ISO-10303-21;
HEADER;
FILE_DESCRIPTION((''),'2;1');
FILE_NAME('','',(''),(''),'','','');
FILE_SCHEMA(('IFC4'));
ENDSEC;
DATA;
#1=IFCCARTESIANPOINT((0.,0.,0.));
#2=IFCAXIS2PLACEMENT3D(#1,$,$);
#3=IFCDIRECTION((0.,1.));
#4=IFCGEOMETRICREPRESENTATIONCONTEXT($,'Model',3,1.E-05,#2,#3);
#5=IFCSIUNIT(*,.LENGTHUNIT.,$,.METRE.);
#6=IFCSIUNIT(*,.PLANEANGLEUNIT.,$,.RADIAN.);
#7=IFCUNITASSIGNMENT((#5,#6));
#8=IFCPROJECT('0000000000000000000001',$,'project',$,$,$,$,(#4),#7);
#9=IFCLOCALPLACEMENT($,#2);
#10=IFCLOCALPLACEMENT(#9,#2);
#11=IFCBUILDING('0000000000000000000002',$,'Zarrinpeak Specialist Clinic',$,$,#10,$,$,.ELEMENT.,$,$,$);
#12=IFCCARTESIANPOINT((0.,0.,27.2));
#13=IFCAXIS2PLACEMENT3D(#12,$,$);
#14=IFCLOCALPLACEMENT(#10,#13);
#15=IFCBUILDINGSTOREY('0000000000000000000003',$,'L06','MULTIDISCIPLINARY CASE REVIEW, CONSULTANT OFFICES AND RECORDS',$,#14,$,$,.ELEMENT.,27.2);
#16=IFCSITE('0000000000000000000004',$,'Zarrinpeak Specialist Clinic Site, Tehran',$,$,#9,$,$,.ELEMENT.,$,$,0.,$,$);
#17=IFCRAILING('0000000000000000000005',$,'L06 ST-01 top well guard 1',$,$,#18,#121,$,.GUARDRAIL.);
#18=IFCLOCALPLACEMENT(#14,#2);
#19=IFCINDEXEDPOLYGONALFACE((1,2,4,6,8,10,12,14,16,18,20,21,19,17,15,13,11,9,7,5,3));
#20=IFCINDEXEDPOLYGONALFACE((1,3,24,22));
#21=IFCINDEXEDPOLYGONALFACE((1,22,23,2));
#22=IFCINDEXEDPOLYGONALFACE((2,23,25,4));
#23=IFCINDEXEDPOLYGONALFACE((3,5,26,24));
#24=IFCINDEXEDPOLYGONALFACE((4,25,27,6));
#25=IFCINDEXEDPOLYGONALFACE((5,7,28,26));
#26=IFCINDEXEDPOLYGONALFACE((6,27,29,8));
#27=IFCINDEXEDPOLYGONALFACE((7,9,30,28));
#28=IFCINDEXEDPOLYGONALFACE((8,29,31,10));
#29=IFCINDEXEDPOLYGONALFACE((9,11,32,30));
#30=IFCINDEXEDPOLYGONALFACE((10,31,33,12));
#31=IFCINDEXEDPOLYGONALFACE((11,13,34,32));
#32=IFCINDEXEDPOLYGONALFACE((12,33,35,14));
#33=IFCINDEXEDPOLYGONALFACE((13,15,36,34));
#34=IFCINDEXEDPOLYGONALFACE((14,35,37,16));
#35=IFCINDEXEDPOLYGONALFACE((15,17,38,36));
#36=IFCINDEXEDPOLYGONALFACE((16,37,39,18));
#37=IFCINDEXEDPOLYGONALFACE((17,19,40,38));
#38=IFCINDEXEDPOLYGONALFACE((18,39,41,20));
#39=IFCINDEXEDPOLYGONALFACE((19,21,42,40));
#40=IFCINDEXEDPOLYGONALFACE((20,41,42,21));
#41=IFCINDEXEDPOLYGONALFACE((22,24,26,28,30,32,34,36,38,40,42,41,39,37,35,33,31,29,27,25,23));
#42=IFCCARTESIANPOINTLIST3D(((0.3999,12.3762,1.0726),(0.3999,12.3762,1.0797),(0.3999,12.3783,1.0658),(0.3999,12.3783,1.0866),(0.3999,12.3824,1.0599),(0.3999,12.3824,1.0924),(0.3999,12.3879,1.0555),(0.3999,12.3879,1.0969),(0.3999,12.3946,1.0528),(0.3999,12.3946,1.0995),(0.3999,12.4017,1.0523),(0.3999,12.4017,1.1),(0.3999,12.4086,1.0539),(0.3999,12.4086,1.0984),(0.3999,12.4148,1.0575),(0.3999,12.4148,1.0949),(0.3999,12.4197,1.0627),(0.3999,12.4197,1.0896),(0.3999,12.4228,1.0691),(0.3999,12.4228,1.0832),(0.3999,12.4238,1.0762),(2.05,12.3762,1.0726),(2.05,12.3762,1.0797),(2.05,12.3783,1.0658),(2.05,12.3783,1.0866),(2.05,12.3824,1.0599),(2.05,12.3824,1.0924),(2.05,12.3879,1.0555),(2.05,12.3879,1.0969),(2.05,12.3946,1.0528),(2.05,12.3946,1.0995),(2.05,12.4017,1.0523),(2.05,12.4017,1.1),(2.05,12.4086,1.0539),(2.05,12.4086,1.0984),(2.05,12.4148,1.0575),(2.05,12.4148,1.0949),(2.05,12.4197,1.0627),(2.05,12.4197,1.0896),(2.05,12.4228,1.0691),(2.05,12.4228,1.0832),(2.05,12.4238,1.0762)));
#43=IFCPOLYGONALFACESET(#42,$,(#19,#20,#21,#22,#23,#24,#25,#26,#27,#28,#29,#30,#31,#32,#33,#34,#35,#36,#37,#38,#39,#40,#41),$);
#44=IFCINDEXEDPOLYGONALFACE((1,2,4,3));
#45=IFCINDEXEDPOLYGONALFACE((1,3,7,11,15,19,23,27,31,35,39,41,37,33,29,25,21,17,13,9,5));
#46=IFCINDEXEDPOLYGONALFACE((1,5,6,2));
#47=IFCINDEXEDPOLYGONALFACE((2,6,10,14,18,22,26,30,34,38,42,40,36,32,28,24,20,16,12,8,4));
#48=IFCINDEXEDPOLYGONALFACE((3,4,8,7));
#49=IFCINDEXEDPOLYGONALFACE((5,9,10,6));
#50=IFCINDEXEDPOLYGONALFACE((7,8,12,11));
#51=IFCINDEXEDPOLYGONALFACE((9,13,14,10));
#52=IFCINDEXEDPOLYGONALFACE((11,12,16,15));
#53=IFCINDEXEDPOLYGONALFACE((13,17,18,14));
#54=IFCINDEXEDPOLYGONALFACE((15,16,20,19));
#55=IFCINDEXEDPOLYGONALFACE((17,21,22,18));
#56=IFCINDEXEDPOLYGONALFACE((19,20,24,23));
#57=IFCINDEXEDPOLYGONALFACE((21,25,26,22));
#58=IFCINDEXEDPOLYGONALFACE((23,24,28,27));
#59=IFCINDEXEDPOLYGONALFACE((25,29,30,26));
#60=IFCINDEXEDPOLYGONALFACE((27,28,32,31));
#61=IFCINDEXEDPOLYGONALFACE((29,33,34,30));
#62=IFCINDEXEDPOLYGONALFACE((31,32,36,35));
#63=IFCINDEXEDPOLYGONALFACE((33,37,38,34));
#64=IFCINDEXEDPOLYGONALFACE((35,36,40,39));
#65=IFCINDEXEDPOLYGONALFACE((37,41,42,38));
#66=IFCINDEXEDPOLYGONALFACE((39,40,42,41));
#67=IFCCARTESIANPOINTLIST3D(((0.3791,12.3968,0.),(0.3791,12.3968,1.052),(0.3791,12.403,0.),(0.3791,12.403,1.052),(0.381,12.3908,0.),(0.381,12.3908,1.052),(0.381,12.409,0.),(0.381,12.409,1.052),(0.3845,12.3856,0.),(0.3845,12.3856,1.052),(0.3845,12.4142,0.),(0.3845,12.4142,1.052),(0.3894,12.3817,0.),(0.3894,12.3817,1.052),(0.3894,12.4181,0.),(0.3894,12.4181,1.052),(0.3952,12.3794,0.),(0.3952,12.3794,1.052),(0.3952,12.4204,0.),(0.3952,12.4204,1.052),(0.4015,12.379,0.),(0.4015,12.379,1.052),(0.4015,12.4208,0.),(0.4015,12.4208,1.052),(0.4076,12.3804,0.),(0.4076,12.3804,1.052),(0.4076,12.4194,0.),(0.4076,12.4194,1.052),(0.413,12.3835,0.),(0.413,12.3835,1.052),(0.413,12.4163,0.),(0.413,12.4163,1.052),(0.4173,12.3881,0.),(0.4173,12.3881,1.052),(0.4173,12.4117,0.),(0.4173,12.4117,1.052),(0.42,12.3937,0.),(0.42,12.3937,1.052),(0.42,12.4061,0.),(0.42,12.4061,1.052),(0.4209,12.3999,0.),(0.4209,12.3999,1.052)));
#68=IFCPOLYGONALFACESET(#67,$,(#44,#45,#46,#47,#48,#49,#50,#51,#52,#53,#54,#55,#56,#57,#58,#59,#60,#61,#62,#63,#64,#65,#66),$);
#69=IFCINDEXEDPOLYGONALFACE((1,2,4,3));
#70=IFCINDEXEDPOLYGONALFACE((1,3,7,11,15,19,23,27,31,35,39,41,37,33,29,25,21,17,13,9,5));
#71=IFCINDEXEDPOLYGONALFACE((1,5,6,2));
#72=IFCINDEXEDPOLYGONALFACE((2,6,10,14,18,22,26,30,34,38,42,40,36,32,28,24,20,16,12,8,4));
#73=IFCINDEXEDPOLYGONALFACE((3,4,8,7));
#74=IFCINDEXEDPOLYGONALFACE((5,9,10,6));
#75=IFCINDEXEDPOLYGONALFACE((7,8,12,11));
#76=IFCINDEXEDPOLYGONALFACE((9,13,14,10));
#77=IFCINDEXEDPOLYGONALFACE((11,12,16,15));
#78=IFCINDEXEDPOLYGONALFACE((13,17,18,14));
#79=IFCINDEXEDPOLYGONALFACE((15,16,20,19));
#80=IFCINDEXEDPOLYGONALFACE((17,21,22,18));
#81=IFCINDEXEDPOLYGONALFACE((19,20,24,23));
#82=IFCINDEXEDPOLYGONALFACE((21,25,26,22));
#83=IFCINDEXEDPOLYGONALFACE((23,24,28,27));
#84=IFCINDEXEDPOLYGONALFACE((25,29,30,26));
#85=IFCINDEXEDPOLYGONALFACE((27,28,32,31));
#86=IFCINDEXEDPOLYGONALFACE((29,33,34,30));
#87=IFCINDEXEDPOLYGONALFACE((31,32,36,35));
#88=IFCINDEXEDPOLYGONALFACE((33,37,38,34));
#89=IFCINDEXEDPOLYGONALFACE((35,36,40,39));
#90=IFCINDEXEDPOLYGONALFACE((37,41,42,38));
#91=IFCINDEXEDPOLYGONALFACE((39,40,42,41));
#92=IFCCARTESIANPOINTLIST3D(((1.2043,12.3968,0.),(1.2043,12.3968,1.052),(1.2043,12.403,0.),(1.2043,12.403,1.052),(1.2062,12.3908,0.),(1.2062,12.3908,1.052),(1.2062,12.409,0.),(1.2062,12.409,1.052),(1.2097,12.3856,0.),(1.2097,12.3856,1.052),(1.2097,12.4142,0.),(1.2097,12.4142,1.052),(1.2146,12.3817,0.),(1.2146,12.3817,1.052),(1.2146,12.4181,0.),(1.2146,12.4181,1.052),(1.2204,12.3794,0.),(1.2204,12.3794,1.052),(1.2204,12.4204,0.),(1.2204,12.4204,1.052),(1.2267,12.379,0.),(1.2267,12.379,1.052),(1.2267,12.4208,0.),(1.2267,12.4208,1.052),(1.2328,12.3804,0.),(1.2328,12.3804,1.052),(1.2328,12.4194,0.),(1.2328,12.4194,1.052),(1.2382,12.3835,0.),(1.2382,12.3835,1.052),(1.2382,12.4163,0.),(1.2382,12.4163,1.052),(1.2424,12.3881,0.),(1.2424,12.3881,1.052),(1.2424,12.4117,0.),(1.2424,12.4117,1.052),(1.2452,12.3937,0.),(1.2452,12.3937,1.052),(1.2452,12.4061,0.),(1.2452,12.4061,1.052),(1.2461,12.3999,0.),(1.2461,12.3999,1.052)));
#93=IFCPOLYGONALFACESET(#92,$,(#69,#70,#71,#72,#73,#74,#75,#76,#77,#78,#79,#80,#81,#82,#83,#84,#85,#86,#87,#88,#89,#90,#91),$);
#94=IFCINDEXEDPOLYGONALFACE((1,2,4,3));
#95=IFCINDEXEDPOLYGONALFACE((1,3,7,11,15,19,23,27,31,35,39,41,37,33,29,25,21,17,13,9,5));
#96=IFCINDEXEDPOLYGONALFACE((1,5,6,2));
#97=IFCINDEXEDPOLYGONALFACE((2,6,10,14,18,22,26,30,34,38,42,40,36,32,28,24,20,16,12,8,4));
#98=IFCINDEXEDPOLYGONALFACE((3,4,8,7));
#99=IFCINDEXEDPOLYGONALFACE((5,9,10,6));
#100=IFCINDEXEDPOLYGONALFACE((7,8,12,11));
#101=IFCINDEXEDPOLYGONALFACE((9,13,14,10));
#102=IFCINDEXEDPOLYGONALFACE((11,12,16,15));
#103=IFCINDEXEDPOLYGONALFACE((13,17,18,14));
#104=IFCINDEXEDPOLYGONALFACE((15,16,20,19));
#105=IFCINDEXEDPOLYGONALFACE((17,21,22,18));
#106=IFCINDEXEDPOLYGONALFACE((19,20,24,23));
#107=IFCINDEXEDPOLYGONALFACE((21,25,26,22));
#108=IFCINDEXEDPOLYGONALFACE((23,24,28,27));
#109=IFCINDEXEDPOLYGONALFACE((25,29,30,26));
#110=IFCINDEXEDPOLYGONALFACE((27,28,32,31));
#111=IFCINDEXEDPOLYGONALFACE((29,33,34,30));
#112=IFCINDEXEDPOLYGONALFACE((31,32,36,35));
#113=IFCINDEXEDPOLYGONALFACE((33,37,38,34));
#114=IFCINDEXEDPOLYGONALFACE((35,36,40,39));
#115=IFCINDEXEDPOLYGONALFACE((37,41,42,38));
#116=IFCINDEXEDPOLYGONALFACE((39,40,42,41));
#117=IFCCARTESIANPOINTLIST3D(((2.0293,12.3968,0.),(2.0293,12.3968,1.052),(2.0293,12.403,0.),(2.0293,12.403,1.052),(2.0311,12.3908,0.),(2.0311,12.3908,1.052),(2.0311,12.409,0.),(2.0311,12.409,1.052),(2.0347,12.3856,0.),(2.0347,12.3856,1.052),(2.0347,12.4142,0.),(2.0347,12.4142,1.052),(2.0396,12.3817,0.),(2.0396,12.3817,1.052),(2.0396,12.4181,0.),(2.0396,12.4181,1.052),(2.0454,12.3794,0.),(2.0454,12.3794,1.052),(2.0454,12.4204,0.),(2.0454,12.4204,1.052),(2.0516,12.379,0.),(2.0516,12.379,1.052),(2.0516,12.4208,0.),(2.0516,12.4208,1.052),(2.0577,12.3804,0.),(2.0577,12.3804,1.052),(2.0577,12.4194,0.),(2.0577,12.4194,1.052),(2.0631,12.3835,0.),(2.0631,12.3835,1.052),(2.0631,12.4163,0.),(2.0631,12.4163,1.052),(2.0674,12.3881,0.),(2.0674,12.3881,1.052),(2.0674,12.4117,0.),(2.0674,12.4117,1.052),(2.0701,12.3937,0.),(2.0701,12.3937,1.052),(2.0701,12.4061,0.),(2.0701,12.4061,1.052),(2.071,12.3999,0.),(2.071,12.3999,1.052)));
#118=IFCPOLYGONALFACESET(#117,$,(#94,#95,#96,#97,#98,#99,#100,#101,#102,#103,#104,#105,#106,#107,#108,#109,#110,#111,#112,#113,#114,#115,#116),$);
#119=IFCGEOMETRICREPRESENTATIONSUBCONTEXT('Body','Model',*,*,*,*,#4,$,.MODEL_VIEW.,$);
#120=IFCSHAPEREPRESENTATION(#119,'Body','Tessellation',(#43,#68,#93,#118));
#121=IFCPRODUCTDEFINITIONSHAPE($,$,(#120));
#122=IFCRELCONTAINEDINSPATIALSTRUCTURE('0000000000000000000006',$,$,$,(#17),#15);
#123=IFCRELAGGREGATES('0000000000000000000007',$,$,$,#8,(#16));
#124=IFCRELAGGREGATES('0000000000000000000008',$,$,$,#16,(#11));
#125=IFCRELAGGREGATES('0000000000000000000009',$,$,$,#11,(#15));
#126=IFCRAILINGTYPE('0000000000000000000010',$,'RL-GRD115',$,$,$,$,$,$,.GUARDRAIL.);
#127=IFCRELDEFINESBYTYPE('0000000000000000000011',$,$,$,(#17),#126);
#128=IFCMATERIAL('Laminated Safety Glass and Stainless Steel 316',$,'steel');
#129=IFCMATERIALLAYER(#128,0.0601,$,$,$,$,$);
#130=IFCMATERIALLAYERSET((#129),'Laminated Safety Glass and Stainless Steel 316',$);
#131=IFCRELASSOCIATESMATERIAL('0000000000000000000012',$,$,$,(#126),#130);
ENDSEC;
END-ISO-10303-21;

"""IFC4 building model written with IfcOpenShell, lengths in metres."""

from ifc_helpers import new_model, si_unit, direction, frame, origin, origin_2d, place, context, subcontext, project, spatial, circle, extrude, material, layer, layer_set, type_object, element, save


model = new_model("IFC4")

# Units and contexts
model_context = context("Model", 3, precision=1e-05, world=origin(), true_north=direction((0.0, 1.0)))
body_context = subcontext(model_context, "Body", "Model", "MODEL_VIEW")
ifc_project = project(units=[si_unit("LENGTHUNIT", "METRE"), si_unit("PLANEANGLEUNIT", "RADIAN")], contexts=[model_context])

# Site, building, storey
site_placement = place(None, origin())
site = spatial("IfcSite", under=ifc_project, at=site_placement, Name="Zarrinpeak Specialist Clinic Site, Tehran", CompositionType="ELEMENT", RefElevation=0.0)
building_placement = place(site_placement, origin())
building = spatial("IfcBuilding", under=site, at=building_placement, Name="Zarrinpeak Specialist Clinic", CompositionType="ELEMENT")
storey_placement = place(building_placement, frame((0.0, 0.0, 27.2)))
storey = spatial("IfcBuildingStorey", under=building, at=storey_placement, Name="L06", Description="MULTIDISCIPLINARY CASE REVIEW, CONSULTANT OFFICES AND RECORDS", CompositionType="ELEMENT", Elevation=27.2)

# Railing
ifc_material_1 = material(Name="Laminated Safety Glass and Stainless Steel 316", Category="steel")
ifc_layer_1 = layer(ifc_material_1, 0.0601)
ifc_layer_set_1 = layer_set([ifc_layer_1], Name="Laminated Safety Glass and Stainless Steel 316")
railing_type = type_object("IfcRailingType", Name="RL-GRD115", PredefinedType="GUARDRAIL", material=ifc_layer_set_1)
railing_placement = place(storey_placement, frame((0.3999, 12.3999, 0.0)))
element("IfcRailing", 1, at=railing_placement, inside=storey, type_object=railing_type, Name="L06 ST-01 top well guard 1", PredefinedType="GUARDRAIL", context=body_context, shape_type="SweptSolid", body=[
    extrude(circle(Radius=0.0239, at=origin_2d()), frame((0.0, 0.0, 1.0762), z_axis=(1.0, 0.0, 0.0), x_axis=(0.0, 1.0, 0.0)), (0.0, 0.0, 1.0), 1.6501),
    extrude(circle(Radius=0.021, at=origin_2d()), origin(), (0.0, 0.0, 1.0), 1.052),
    extrude(circle(Radius=0.021, at=origin_2d()), frame((0.8252, 0.0, 0.0)), (0.0, 0.0, 1.0), 1.052),
    extrude(circle(Radius=0.021, at=origin_2d()), frame((1.6501, 0.0, 0.0)), (0.0, 0.0, 1.0), 1.052),
])

save(model, "model.ifc")
